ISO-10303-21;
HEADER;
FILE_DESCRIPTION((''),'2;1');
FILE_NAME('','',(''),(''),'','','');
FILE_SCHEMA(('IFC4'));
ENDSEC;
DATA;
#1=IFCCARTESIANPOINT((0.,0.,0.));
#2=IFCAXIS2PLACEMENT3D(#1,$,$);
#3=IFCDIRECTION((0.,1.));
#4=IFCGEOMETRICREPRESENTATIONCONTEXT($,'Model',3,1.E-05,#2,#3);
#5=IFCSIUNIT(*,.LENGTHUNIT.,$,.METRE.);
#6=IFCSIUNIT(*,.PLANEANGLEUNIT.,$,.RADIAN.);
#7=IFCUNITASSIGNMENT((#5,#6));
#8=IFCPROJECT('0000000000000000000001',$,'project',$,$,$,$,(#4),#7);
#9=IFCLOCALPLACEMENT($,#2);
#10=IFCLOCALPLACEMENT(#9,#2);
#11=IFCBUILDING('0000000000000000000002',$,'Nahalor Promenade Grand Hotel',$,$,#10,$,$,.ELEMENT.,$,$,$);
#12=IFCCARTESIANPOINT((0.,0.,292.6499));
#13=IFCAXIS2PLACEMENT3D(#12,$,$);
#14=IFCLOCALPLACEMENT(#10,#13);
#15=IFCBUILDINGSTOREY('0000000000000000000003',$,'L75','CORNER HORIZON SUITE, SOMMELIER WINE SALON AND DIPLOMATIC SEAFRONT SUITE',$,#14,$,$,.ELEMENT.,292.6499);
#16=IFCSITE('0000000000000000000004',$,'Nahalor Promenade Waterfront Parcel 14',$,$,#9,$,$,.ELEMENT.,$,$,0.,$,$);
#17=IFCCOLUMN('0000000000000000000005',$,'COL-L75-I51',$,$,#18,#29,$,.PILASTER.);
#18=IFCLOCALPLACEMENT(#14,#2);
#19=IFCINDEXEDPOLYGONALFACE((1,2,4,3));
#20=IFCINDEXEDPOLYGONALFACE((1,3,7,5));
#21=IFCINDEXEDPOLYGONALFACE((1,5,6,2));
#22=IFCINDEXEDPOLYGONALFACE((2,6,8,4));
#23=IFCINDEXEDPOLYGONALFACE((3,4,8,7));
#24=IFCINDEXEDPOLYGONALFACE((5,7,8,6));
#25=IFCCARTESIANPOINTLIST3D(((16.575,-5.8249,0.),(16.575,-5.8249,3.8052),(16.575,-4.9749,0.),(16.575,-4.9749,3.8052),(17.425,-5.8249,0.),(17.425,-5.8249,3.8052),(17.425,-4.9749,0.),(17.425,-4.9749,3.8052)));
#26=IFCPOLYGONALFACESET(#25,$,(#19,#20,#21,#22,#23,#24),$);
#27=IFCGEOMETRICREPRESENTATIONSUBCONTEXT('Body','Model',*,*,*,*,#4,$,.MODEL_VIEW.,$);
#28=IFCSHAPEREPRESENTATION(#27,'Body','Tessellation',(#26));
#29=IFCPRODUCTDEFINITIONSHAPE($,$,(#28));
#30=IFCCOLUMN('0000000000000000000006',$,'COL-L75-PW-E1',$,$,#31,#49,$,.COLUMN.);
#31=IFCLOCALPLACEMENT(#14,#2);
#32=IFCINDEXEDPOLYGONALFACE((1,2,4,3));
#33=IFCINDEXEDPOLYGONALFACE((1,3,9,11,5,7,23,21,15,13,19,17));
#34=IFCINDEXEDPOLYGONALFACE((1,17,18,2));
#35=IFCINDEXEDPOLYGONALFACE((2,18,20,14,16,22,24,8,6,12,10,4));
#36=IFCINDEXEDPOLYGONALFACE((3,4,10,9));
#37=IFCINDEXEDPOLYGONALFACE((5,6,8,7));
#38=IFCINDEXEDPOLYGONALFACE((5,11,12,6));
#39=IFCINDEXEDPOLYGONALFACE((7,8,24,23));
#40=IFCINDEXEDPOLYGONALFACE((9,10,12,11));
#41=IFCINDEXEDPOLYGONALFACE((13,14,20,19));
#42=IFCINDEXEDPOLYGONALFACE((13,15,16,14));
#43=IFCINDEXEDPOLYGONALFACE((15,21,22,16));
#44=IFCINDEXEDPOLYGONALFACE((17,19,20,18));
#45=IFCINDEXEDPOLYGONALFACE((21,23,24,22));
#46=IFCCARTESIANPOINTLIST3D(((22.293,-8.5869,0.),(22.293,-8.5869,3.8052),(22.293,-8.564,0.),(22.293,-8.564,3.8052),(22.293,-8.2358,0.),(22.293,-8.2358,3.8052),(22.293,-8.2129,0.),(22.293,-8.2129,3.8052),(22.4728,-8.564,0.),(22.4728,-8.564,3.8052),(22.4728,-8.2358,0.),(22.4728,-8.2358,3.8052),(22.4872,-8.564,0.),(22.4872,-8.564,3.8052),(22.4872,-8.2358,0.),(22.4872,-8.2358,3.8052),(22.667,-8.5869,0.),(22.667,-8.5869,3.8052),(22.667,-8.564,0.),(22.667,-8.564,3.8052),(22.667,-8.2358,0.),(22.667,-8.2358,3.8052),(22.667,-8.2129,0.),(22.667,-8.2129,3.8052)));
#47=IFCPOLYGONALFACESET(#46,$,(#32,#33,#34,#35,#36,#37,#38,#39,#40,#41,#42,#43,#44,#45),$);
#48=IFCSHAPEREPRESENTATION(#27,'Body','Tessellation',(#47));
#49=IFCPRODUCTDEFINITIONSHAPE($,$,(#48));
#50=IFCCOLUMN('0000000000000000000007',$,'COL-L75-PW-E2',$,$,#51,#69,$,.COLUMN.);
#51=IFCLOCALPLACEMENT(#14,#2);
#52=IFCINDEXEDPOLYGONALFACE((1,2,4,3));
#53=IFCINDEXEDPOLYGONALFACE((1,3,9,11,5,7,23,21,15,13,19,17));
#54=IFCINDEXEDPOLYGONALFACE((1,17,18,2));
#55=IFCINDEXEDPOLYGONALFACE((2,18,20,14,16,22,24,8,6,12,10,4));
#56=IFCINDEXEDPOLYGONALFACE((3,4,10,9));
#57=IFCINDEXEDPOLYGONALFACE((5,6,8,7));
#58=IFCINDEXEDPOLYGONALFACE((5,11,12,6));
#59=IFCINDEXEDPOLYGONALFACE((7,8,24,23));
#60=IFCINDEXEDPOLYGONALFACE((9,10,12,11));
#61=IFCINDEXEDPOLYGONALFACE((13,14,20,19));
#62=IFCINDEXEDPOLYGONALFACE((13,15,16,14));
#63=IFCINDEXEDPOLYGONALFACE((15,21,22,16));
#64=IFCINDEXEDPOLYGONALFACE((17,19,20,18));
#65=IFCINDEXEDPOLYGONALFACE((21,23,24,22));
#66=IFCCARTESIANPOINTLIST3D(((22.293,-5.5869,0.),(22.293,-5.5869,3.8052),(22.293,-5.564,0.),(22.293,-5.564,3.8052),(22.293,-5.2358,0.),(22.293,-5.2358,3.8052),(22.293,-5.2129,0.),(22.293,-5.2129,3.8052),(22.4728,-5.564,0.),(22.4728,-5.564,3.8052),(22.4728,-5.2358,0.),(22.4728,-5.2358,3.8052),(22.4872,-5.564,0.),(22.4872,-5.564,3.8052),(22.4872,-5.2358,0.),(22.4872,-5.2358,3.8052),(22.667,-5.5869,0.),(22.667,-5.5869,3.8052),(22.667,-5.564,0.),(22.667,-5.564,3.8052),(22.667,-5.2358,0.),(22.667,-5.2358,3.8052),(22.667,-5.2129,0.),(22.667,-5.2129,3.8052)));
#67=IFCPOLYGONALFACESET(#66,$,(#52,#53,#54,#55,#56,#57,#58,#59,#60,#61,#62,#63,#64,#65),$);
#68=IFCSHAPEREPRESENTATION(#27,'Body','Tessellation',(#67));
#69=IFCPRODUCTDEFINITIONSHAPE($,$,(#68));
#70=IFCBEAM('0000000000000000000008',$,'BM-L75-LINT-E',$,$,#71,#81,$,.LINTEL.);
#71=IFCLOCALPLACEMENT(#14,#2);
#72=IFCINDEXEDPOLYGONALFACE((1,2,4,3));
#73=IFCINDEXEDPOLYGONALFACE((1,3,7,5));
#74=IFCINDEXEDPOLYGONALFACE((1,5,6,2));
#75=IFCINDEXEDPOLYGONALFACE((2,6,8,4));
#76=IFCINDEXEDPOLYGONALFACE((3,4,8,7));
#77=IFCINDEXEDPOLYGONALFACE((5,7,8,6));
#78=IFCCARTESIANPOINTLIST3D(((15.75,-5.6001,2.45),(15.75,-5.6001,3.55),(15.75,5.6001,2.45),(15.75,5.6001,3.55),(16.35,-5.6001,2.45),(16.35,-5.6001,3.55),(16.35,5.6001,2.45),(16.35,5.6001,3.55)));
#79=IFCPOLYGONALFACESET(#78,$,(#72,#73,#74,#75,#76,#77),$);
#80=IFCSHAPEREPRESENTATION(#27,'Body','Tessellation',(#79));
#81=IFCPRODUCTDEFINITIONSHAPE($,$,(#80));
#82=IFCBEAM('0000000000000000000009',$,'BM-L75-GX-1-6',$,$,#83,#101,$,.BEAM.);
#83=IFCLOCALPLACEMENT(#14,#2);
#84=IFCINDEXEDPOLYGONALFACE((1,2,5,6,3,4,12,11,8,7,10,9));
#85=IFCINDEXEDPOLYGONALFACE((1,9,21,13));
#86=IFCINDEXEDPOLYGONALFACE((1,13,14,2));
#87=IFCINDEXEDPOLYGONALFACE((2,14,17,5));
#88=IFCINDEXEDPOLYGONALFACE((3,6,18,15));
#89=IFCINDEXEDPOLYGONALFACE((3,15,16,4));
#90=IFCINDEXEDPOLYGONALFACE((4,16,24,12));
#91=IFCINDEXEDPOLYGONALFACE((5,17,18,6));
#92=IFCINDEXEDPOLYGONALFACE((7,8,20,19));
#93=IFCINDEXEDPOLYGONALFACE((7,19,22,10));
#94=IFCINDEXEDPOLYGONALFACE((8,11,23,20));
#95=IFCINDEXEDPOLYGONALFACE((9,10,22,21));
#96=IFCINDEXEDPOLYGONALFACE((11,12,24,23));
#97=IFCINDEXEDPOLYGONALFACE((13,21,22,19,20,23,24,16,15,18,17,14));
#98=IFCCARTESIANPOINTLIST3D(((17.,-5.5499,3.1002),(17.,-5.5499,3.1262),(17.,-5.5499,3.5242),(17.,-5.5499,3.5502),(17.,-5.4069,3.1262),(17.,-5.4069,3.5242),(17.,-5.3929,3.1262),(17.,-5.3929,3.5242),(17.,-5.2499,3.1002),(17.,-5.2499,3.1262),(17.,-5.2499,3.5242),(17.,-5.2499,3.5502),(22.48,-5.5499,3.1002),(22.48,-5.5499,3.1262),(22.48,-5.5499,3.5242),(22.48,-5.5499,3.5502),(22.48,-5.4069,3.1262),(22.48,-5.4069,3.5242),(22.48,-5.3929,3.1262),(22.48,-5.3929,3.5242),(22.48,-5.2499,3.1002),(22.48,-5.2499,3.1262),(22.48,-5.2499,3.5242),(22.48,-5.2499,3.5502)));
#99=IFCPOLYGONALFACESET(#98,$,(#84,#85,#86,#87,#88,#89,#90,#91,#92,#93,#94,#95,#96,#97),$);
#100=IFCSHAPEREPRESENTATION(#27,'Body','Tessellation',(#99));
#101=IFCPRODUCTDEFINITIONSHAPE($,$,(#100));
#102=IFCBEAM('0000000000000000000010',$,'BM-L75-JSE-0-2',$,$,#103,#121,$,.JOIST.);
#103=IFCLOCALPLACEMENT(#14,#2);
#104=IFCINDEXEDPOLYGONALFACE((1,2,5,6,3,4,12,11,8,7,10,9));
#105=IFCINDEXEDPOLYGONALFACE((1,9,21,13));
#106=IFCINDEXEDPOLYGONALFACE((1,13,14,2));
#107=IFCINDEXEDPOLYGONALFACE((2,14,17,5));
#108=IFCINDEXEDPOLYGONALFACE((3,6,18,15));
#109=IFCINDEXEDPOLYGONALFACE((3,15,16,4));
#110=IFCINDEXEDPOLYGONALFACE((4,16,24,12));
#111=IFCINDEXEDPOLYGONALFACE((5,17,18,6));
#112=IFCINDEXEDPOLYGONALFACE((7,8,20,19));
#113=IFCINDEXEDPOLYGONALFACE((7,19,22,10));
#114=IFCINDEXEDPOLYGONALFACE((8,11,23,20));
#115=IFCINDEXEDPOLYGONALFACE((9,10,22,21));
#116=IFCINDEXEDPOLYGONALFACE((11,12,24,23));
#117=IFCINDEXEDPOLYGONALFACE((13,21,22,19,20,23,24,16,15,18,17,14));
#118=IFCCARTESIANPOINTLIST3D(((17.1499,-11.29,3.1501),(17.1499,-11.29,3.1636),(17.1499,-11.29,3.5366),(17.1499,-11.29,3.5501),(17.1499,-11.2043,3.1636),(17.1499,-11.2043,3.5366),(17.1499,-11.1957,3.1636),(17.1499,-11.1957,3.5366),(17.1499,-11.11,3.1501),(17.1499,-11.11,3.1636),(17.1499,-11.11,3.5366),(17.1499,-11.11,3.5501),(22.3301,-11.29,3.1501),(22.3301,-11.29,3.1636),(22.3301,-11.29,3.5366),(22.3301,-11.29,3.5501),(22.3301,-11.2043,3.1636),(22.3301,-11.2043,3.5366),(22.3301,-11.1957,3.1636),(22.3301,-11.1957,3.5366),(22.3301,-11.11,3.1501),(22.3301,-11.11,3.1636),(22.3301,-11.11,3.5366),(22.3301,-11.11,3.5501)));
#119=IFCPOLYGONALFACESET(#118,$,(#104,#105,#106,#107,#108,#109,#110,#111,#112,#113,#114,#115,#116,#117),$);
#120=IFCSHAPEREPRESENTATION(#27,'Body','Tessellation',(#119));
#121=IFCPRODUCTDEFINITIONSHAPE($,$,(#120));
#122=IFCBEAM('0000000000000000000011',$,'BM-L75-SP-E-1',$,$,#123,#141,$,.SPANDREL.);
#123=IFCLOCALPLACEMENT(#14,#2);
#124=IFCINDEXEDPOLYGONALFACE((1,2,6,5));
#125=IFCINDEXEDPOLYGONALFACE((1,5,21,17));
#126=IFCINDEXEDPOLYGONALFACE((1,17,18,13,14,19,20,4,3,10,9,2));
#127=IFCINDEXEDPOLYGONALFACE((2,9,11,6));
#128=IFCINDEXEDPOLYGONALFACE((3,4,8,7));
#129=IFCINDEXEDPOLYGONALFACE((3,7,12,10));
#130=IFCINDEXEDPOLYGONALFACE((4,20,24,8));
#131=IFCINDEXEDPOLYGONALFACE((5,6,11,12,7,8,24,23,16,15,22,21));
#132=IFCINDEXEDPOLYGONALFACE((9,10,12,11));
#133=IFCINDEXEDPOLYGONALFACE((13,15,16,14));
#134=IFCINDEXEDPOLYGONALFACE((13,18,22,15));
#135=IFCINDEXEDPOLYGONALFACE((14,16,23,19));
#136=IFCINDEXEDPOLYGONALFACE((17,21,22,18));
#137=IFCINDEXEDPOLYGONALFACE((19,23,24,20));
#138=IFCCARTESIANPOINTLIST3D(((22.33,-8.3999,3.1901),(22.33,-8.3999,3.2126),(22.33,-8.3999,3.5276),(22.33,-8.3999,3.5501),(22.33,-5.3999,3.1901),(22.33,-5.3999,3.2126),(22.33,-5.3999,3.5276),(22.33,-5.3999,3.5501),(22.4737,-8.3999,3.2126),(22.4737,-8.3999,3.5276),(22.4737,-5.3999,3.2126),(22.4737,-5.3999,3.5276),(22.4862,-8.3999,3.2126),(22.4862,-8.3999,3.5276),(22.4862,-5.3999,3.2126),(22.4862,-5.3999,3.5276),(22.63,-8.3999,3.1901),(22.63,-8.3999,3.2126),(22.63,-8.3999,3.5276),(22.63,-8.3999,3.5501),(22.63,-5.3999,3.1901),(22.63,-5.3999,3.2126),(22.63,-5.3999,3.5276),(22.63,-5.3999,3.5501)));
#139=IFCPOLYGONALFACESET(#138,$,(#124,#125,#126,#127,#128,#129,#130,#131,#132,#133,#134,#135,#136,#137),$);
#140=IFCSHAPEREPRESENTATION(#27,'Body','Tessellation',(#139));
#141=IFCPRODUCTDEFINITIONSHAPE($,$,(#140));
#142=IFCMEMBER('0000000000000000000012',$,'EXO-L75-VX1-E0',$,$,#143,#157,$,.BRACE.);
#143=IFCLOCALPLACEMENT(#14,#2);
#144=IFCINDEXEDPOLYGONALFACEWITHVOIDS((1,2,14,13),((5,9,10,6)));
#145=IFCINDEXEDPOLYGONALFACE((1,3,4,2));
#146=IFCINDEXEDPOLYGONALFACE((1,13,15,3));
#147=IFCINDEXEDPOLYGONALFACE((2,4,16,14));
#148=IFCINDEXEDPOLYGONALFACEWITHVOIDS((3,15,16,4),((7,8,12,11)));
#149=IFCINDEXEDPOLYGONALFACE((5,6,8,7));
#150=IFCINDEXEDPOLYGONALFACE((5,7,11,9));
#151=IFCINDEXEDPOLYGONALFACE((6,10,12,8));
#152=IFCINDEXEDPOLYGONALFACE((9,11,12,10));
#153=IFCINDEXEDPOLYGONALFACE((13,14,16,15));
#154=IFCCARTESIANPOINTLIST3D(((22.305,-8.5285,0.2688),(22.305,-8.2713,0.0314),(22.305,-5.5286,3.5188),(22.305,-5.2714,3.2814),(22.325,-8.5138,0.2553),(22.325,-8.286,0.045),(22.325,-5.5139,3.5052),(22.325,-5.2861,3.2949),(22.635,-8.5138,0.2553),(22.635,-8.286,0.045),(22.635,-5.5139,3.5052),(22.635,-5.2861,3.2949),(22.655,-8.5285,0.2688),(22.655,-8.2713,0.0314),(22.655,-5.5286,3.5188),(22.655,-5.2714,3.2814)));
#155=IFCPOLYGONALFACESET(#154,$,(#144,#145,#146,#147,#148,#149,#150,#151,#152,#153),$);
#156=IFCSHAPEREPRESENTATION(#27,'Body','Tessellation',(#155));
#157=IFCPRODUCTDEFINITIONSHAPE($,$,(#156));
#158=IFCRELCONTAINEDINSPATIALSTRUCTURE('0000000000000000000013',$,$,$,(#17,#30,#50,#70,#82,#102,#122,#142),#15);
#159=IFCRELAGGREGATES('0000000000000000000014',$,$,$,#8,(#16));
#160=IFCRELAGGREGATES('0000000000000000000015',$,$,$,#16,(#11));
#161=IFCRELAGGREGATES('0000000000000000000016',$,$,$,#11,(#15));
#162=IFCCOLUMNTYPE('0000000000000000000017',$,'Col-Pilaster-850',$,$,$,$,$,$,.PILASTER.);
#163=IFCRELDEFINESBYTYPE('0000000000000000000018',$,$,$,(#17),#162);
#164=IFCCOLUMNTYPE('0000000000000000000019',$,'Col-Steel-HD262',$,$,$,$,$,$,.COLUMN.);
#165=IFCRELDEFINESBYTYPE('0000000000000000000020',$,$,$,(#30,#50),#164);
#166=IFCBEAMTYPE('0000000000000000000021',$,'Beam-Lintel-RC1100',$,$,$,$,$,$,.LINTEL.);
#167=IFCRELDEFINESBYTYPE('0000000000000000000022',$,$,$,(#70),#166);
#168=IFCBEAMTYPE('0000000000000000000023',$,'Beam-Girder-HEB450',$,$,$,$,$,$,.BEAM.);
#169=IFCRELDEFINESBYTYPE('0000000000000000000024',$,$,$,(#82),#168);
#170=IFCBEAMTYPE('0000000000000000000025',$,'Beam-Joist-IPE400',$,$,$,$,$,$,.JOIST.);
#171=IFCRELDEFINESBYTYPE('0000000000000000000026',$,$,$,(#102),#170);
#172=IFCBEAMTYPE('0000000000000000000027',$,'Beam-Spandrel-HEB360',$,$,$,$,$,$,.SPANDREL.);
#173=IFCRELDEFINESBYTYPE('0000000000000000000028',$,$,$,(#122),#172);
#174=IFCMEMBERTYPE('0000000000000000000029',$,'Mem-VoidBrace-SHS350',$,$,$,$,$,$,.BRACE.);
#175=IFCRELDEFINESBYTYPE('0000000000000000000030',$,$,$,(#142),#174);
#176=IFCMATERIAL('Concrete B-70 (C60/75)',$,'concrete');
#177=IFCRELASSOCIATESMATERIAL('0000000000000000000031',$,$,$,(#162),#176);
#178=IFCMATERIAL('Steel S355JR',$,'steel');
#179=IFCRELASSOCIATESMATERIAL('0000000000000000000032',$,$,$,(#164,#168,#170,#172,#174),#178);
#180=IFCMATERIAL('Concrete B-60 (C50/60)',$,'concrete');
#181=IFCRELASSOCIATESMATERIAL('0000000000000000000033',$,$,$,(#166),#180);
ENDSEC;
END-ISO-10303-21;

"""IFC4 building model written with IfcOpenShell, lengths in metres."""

from ifc_helpers import new_model, si_unit, direction, frame, origin, origin_2d, place, context, subcontext, project, spatial, rectangle, hollow_rectangle, i_section, extrude, source, transform, mapped, material, material_profile, profile_set, type_object, element, save


model = new_model("IFC4")

# Units and contexts
model_context = context("Model", 3, precision=1e-05, world=origin(), true_north=direction((0.0, 1.0)))
body_context = subcontext(model_context, "Body", "Model", "MODEL_VIEW")
ifc_project = project(units=[si_unit("LENGTHUNIT", "METRE"), si_unit("PLANEANGLEUNIT", "RADIAN")], contexts=[model_context])

# Site, building, storey
site_placement = place(None, origin())
site = spatial("IfcSite", under=ifc_project, at=site_placement, Name="Nahalor Promenade Waterfront Parcel 14", CompositionType="ELEMENT", RefElevation=0.0)
building_placement = place(site_placement, origin())
building = spatial("IfcBuilding", under=site, at=building_placement, Name="Nahalor Promenade Grand Hotel", CompositionType="ELEMENT")
storey_placement = place(building_placement, frame((0.0, 0.0, 292.6499)))
storey = spatial("IfcBuildingStorey", under=building, at=storey_placement, Name="L75", Description="CORNER HORIZON SUITE, SOMMELIER WINE SALON AND DIPLOMATIC SEAFRONT SUITE", CompositionType="ELEMENT", Elevation=292.6499)

# Columns
ifc_material_1 = material(Name="Concrete B-70 (C60/75)", Category="concrete")
ifc_material_profile_1 = material_profile(ifc_material_1, rectangle(XDim=0.85, YDim=0.85, at=origin_2d()), Name="RC 850x850")
ifc_profile_set_1 = profile_set([ifc_material_profile_1], Name="Concrete B-70 (C60/75)")
column_type_1 = type_object("IfcColumnType", Name="Col-Pilaster-850", PredefinedType="PILASTER", material=ifc_profile_set_1)
shared_shape_1 = source(origin(), body_context, "Body", "SweptSolid", [
    extrude(rectangle(XDim=0.85, YDim=0.85, at=origin_2d()), origin(), (0.0, 0.0, 1.0), 3.8052),
])
column_placement = place(storey_placement, frame((17.0, -5.3999, 0.0), z_axis=(0.0, 0.0, 1.0), x_axis=(1.0, 0.0, 0.0)))
element("IfcColumn", 1, at=column_placement, inside=storey, type_object=column_type_1, Name="COL-L75-I51", PredefinedType="PILASTER", context=body_context, shape_type="MappedRepresentation", body=[
    mapped(shared_shape_1, transform((0.0, 0.0, 0.0), scale=1.0)),
])
ifc_material_2 = material(Name="Steel S355JR", Category="steel")
ifc_material_profile_2 = material_profile(ifc_material_2, i_section(OverallWidth=0.374, OverallDepth=0.374, WebThickness=0.0144, FlangeThickness=0.0229, at=origin_2d()), Name="HD 360x262")
ifc_profile_set_2 = profile_set([ifc_material_profile_2], Name="Steel S355JR")
column_type_2 = type_object("IfcColumnType", Name="Col-Steel-HD262", PredefinedType="COLUMN", material=ifc_profile_set_2)
shared_shape_2 = source(origin(), body_context, "Body", "SweptSolid", [
    extrude(i_section(OverallWidth=0.374, OverallDepth=0.374, WebThickness=0.0144, FlangeThickness=0.0229, at=origin_2d()), origin(), (0.0, 0.0, 1.0), 3.8052),
])
for number, where, z_axis, x_axis, name in (
    (2, (22.48, -8.3999, 0.0), (0.0, 0.0, 1.0), (1.0, 0.0, 0.0), "COL-L75-PW-E1"),
    (3, (22.48, -5.3999, 0.0), (0.0, 0.0, 1.0), (1.0, 0.0, 0.0), "COL-L75-PW-E2"),
):
    element("IfcColumn", number, at=place(storey_placement, frame(where, z_axis=z_axis, x_axis=x_axis)), inside=storey, type_object=column_type_2, Name=name, PredefinedType="COLUMN", context=body_context, shape_type="MappedRepresentation", body=[
        mapped(shared_shape_2, transform((0.0, 0.0, 0.0), scale=1.0)),
    ])

# Beams
ifc_material_3 = material(Name="Concrete B-60 (C50/60)", Category="concrete")
ifc_material_profile_3 = material_profile(ifc_material_3, rectangle(XDim=0.6, YDim=1.1, at=origin_2d()), Name="RC 600x1100")
ifc_profile_set_3 = profile_set([ifc_material_profile_3], Name="Concrete B-60 (C50/60)")
beam_type_1 = type_object("IfcBeamType", Name="Beam-Lintel-RC1100", PredefinedType="LINTEL", material=ifc_profile_set_3)
shared_shape_3 = source(origin(), body_context, "Body", "SweptSolid", [
    extrude(rectangle(XDim=0.6, YDim=1.1, at=origin_2d()), origin(), (0.0, 0.0, 1.0), 11.2002),
])
beam_1_placement = place(storey_placement, frame((16.05, -5.6001, 3.0), z_axis=(0.0, 1.0, 0.0), x_axis=(-1.0, 0.0, 0.0)))
element("IfcBeam", 4, at=beam_1_placement, inside=storey, type_object=beam_type_1, Name="BM-L75-LINT-E", PredefinedType="LINTEL", context=body_context, shape_type="MappedRepresentation", body=[
    mapped(shared_shape_3, transform((0.0, 0.0, 0.0), scale=1.0)),
])
ifc_material_profile_4 = material_profile(ifc_material_2, i_section(OverallWidth=0.3, OverallDepth=0.45, WebThickness=0.014, FlangeThickness=0.026, at=origin_2d()), Name="HEB 450")
ifc_profile_set_4 = profile_set([ifc_material_profile_4], Name="Steel S355JR")
beam_type_2 = type_object("IfcBeamType", Name="Beam-Girder-HEB450", PredefinedType="BEAM", material=ifc_profile_set_4)
shared_shape_4 = source(origin(), body_context, "Body", "SweptSolid", [
    extrude(i_section(OverallWidth=0.3, OverallDepth=0.45, WebThickness=0.014, FlangeThickness=0.026, at=origin_2d()), origin(), (0.0, 0.0, 1.0), 5.48),
])
beam_2_placement = place(storey_placement, frame((17.0, -5.3999, 3.3252), z_axis=(1.0, 0.0, 0.0), x_axis=(0.0, 1.0, 0.0)))
element("IfcBeam", 5, at=beam_2_placement, inside=storey, type_object=beam_type_2, Name="BM-L75-GX-1-6", PredefinedType="BEAM", context=body_context, shape_type="MappedRepresentation", body=[
    mapped(shared_shape_4, transform((0.0, 0.0, 0.0), scale=1.0)),
])
ifc_material_profile_5 = material_profile(ifc_material_2, i_section(OverallWidth=0.18, OverallDepth=0.4, WebThickness=0.0086, FlangeThickness=0.0135, at=origin_2d()), Name="IPE 400")
ifc_profile_set_5 = profile_set([ifc_material_profile_5], Name="Steel S355JR")
beam_type_3 = type_object("IfcBeamType", Name="Beam-Joist-IPE400", PredefinedType="JOIST", material=ifc_profile_set_5)
shared_shape_5 = source(origin(), body_context, "Body", "SweptSolid", [
    extrude(i_section(OverallWidth=0.18, OverallDepth=0.4, WebThickness=0.0086, FlangeThickness=0.0135, at=origin_2d()), origin(), (0.0, 0.0, 1.0), 5.1802),
])
beam_3_placement = place(storey_placement, frame((17.1499, -11.2, 3.3501), z_axis=(1.0, 0.0, 0.0), x_axis=(0.0, 1.0, 0.0)))
element("IfcBeam", 6, at=beam_3_placement, inside=storey, type_object=beam_type_3, Name="BM-L75-JSE-0-2", PredefinedType="JOIST", context=body_context, shape_type="MappedRepresentation", body=[
    mapped(shared_shape_5, transform((0.0, 0.0, 0.0), scale=1.0)),
])
ifc_material_profile_6 = material_profile(ifc_material_2, i_section(OverallWidth=0.3, OverallDepth=0.36, WebThickness=0.0125, FlangeThickness=0.0225, at=origin_2d()), Name="HEB 360")
ifc_profile_set_6 = profile_set([ifc_material_profile_6], Name="Steel S355JR")
beam_type_4 = type_object("IfcBeamType", Name="Beam-Spandrel-HEB360", PredefinedType="SPANDREL", material=ifc_profile_set_6)
shared_shape_6 = source(origin(), body_context, "Body", "SweptSolid", [
    extrude(i_section(OverallWidth=0.3, OverallDepth=0.36, WebThickness=0.0125, FlangeThickness=0.0225, at=origin_2d()), origin(), (0.0, 0.0, 1.0), 3.0),
])
beam_4_placement = place(storey_placement, frame((22.48, -8.3999, 3.3701), z_axis=(0.0, 1.0, 0.0), x_axis=(-1.0, 0.0, 0.0)))
element("IfcBeam", 7, at=beam_4_placement, inside=storey, type_object=beam_type_4, Name="BM-L75-SP-E-1", PredefinedType="SPANDREL", context=body_context, shape_type="MappedRepresentation", body=[
    mapped(shared_shape_6, transform((0.0, 0.0, 0.0), scale=1.0)),
])

# Member
ifc_material_profile_7 = material_profile(ifc_material_2, hollow_rectangle(XDim=0.35, YDim=0.35, WallThickness=0.02, at=origin_2d()), Name="SHS 350x350x20")
ifc_profile_set_7 = profile_set([ifc_material_profile_7], Name="Steel S355JR")
member_type_1 = type_object("IfcMemberType", Name="Mem-VoidBrace-SHS350", PredefinedType="BRACE", material=ifc_profile_set_7)
shared_shape_7 = source(origin(), body_context, "Body", "SweptSolid", [
    extrude(hollow_rectangle(XDim=0.35, YDim=0.35, WallThickness=0.02, at=origin_2d()), origin(), (0.0, 0.0, 1.0), 4.4229),
])
member_1_placement = place(storey_placement, frame((22.48, -8.3999, 0.1501), z_axis=(0.0, 0.67828, 0.734803), x_axis=(-1.0, 0.0, 0.0)))
element("IfcMember", 8, at=member_1_placement, inside=storey, type_object=member_type_1, Name="EXO-L75-VX1-E0", PredefinedType="BRACE", context=body_context, shape_type="MappedRepresentation", body=[
    mapped(shared_shape_7, transform((0.0, 0.0, 0.0), scale=1.0)),
])

save(model, "model.ifc")
